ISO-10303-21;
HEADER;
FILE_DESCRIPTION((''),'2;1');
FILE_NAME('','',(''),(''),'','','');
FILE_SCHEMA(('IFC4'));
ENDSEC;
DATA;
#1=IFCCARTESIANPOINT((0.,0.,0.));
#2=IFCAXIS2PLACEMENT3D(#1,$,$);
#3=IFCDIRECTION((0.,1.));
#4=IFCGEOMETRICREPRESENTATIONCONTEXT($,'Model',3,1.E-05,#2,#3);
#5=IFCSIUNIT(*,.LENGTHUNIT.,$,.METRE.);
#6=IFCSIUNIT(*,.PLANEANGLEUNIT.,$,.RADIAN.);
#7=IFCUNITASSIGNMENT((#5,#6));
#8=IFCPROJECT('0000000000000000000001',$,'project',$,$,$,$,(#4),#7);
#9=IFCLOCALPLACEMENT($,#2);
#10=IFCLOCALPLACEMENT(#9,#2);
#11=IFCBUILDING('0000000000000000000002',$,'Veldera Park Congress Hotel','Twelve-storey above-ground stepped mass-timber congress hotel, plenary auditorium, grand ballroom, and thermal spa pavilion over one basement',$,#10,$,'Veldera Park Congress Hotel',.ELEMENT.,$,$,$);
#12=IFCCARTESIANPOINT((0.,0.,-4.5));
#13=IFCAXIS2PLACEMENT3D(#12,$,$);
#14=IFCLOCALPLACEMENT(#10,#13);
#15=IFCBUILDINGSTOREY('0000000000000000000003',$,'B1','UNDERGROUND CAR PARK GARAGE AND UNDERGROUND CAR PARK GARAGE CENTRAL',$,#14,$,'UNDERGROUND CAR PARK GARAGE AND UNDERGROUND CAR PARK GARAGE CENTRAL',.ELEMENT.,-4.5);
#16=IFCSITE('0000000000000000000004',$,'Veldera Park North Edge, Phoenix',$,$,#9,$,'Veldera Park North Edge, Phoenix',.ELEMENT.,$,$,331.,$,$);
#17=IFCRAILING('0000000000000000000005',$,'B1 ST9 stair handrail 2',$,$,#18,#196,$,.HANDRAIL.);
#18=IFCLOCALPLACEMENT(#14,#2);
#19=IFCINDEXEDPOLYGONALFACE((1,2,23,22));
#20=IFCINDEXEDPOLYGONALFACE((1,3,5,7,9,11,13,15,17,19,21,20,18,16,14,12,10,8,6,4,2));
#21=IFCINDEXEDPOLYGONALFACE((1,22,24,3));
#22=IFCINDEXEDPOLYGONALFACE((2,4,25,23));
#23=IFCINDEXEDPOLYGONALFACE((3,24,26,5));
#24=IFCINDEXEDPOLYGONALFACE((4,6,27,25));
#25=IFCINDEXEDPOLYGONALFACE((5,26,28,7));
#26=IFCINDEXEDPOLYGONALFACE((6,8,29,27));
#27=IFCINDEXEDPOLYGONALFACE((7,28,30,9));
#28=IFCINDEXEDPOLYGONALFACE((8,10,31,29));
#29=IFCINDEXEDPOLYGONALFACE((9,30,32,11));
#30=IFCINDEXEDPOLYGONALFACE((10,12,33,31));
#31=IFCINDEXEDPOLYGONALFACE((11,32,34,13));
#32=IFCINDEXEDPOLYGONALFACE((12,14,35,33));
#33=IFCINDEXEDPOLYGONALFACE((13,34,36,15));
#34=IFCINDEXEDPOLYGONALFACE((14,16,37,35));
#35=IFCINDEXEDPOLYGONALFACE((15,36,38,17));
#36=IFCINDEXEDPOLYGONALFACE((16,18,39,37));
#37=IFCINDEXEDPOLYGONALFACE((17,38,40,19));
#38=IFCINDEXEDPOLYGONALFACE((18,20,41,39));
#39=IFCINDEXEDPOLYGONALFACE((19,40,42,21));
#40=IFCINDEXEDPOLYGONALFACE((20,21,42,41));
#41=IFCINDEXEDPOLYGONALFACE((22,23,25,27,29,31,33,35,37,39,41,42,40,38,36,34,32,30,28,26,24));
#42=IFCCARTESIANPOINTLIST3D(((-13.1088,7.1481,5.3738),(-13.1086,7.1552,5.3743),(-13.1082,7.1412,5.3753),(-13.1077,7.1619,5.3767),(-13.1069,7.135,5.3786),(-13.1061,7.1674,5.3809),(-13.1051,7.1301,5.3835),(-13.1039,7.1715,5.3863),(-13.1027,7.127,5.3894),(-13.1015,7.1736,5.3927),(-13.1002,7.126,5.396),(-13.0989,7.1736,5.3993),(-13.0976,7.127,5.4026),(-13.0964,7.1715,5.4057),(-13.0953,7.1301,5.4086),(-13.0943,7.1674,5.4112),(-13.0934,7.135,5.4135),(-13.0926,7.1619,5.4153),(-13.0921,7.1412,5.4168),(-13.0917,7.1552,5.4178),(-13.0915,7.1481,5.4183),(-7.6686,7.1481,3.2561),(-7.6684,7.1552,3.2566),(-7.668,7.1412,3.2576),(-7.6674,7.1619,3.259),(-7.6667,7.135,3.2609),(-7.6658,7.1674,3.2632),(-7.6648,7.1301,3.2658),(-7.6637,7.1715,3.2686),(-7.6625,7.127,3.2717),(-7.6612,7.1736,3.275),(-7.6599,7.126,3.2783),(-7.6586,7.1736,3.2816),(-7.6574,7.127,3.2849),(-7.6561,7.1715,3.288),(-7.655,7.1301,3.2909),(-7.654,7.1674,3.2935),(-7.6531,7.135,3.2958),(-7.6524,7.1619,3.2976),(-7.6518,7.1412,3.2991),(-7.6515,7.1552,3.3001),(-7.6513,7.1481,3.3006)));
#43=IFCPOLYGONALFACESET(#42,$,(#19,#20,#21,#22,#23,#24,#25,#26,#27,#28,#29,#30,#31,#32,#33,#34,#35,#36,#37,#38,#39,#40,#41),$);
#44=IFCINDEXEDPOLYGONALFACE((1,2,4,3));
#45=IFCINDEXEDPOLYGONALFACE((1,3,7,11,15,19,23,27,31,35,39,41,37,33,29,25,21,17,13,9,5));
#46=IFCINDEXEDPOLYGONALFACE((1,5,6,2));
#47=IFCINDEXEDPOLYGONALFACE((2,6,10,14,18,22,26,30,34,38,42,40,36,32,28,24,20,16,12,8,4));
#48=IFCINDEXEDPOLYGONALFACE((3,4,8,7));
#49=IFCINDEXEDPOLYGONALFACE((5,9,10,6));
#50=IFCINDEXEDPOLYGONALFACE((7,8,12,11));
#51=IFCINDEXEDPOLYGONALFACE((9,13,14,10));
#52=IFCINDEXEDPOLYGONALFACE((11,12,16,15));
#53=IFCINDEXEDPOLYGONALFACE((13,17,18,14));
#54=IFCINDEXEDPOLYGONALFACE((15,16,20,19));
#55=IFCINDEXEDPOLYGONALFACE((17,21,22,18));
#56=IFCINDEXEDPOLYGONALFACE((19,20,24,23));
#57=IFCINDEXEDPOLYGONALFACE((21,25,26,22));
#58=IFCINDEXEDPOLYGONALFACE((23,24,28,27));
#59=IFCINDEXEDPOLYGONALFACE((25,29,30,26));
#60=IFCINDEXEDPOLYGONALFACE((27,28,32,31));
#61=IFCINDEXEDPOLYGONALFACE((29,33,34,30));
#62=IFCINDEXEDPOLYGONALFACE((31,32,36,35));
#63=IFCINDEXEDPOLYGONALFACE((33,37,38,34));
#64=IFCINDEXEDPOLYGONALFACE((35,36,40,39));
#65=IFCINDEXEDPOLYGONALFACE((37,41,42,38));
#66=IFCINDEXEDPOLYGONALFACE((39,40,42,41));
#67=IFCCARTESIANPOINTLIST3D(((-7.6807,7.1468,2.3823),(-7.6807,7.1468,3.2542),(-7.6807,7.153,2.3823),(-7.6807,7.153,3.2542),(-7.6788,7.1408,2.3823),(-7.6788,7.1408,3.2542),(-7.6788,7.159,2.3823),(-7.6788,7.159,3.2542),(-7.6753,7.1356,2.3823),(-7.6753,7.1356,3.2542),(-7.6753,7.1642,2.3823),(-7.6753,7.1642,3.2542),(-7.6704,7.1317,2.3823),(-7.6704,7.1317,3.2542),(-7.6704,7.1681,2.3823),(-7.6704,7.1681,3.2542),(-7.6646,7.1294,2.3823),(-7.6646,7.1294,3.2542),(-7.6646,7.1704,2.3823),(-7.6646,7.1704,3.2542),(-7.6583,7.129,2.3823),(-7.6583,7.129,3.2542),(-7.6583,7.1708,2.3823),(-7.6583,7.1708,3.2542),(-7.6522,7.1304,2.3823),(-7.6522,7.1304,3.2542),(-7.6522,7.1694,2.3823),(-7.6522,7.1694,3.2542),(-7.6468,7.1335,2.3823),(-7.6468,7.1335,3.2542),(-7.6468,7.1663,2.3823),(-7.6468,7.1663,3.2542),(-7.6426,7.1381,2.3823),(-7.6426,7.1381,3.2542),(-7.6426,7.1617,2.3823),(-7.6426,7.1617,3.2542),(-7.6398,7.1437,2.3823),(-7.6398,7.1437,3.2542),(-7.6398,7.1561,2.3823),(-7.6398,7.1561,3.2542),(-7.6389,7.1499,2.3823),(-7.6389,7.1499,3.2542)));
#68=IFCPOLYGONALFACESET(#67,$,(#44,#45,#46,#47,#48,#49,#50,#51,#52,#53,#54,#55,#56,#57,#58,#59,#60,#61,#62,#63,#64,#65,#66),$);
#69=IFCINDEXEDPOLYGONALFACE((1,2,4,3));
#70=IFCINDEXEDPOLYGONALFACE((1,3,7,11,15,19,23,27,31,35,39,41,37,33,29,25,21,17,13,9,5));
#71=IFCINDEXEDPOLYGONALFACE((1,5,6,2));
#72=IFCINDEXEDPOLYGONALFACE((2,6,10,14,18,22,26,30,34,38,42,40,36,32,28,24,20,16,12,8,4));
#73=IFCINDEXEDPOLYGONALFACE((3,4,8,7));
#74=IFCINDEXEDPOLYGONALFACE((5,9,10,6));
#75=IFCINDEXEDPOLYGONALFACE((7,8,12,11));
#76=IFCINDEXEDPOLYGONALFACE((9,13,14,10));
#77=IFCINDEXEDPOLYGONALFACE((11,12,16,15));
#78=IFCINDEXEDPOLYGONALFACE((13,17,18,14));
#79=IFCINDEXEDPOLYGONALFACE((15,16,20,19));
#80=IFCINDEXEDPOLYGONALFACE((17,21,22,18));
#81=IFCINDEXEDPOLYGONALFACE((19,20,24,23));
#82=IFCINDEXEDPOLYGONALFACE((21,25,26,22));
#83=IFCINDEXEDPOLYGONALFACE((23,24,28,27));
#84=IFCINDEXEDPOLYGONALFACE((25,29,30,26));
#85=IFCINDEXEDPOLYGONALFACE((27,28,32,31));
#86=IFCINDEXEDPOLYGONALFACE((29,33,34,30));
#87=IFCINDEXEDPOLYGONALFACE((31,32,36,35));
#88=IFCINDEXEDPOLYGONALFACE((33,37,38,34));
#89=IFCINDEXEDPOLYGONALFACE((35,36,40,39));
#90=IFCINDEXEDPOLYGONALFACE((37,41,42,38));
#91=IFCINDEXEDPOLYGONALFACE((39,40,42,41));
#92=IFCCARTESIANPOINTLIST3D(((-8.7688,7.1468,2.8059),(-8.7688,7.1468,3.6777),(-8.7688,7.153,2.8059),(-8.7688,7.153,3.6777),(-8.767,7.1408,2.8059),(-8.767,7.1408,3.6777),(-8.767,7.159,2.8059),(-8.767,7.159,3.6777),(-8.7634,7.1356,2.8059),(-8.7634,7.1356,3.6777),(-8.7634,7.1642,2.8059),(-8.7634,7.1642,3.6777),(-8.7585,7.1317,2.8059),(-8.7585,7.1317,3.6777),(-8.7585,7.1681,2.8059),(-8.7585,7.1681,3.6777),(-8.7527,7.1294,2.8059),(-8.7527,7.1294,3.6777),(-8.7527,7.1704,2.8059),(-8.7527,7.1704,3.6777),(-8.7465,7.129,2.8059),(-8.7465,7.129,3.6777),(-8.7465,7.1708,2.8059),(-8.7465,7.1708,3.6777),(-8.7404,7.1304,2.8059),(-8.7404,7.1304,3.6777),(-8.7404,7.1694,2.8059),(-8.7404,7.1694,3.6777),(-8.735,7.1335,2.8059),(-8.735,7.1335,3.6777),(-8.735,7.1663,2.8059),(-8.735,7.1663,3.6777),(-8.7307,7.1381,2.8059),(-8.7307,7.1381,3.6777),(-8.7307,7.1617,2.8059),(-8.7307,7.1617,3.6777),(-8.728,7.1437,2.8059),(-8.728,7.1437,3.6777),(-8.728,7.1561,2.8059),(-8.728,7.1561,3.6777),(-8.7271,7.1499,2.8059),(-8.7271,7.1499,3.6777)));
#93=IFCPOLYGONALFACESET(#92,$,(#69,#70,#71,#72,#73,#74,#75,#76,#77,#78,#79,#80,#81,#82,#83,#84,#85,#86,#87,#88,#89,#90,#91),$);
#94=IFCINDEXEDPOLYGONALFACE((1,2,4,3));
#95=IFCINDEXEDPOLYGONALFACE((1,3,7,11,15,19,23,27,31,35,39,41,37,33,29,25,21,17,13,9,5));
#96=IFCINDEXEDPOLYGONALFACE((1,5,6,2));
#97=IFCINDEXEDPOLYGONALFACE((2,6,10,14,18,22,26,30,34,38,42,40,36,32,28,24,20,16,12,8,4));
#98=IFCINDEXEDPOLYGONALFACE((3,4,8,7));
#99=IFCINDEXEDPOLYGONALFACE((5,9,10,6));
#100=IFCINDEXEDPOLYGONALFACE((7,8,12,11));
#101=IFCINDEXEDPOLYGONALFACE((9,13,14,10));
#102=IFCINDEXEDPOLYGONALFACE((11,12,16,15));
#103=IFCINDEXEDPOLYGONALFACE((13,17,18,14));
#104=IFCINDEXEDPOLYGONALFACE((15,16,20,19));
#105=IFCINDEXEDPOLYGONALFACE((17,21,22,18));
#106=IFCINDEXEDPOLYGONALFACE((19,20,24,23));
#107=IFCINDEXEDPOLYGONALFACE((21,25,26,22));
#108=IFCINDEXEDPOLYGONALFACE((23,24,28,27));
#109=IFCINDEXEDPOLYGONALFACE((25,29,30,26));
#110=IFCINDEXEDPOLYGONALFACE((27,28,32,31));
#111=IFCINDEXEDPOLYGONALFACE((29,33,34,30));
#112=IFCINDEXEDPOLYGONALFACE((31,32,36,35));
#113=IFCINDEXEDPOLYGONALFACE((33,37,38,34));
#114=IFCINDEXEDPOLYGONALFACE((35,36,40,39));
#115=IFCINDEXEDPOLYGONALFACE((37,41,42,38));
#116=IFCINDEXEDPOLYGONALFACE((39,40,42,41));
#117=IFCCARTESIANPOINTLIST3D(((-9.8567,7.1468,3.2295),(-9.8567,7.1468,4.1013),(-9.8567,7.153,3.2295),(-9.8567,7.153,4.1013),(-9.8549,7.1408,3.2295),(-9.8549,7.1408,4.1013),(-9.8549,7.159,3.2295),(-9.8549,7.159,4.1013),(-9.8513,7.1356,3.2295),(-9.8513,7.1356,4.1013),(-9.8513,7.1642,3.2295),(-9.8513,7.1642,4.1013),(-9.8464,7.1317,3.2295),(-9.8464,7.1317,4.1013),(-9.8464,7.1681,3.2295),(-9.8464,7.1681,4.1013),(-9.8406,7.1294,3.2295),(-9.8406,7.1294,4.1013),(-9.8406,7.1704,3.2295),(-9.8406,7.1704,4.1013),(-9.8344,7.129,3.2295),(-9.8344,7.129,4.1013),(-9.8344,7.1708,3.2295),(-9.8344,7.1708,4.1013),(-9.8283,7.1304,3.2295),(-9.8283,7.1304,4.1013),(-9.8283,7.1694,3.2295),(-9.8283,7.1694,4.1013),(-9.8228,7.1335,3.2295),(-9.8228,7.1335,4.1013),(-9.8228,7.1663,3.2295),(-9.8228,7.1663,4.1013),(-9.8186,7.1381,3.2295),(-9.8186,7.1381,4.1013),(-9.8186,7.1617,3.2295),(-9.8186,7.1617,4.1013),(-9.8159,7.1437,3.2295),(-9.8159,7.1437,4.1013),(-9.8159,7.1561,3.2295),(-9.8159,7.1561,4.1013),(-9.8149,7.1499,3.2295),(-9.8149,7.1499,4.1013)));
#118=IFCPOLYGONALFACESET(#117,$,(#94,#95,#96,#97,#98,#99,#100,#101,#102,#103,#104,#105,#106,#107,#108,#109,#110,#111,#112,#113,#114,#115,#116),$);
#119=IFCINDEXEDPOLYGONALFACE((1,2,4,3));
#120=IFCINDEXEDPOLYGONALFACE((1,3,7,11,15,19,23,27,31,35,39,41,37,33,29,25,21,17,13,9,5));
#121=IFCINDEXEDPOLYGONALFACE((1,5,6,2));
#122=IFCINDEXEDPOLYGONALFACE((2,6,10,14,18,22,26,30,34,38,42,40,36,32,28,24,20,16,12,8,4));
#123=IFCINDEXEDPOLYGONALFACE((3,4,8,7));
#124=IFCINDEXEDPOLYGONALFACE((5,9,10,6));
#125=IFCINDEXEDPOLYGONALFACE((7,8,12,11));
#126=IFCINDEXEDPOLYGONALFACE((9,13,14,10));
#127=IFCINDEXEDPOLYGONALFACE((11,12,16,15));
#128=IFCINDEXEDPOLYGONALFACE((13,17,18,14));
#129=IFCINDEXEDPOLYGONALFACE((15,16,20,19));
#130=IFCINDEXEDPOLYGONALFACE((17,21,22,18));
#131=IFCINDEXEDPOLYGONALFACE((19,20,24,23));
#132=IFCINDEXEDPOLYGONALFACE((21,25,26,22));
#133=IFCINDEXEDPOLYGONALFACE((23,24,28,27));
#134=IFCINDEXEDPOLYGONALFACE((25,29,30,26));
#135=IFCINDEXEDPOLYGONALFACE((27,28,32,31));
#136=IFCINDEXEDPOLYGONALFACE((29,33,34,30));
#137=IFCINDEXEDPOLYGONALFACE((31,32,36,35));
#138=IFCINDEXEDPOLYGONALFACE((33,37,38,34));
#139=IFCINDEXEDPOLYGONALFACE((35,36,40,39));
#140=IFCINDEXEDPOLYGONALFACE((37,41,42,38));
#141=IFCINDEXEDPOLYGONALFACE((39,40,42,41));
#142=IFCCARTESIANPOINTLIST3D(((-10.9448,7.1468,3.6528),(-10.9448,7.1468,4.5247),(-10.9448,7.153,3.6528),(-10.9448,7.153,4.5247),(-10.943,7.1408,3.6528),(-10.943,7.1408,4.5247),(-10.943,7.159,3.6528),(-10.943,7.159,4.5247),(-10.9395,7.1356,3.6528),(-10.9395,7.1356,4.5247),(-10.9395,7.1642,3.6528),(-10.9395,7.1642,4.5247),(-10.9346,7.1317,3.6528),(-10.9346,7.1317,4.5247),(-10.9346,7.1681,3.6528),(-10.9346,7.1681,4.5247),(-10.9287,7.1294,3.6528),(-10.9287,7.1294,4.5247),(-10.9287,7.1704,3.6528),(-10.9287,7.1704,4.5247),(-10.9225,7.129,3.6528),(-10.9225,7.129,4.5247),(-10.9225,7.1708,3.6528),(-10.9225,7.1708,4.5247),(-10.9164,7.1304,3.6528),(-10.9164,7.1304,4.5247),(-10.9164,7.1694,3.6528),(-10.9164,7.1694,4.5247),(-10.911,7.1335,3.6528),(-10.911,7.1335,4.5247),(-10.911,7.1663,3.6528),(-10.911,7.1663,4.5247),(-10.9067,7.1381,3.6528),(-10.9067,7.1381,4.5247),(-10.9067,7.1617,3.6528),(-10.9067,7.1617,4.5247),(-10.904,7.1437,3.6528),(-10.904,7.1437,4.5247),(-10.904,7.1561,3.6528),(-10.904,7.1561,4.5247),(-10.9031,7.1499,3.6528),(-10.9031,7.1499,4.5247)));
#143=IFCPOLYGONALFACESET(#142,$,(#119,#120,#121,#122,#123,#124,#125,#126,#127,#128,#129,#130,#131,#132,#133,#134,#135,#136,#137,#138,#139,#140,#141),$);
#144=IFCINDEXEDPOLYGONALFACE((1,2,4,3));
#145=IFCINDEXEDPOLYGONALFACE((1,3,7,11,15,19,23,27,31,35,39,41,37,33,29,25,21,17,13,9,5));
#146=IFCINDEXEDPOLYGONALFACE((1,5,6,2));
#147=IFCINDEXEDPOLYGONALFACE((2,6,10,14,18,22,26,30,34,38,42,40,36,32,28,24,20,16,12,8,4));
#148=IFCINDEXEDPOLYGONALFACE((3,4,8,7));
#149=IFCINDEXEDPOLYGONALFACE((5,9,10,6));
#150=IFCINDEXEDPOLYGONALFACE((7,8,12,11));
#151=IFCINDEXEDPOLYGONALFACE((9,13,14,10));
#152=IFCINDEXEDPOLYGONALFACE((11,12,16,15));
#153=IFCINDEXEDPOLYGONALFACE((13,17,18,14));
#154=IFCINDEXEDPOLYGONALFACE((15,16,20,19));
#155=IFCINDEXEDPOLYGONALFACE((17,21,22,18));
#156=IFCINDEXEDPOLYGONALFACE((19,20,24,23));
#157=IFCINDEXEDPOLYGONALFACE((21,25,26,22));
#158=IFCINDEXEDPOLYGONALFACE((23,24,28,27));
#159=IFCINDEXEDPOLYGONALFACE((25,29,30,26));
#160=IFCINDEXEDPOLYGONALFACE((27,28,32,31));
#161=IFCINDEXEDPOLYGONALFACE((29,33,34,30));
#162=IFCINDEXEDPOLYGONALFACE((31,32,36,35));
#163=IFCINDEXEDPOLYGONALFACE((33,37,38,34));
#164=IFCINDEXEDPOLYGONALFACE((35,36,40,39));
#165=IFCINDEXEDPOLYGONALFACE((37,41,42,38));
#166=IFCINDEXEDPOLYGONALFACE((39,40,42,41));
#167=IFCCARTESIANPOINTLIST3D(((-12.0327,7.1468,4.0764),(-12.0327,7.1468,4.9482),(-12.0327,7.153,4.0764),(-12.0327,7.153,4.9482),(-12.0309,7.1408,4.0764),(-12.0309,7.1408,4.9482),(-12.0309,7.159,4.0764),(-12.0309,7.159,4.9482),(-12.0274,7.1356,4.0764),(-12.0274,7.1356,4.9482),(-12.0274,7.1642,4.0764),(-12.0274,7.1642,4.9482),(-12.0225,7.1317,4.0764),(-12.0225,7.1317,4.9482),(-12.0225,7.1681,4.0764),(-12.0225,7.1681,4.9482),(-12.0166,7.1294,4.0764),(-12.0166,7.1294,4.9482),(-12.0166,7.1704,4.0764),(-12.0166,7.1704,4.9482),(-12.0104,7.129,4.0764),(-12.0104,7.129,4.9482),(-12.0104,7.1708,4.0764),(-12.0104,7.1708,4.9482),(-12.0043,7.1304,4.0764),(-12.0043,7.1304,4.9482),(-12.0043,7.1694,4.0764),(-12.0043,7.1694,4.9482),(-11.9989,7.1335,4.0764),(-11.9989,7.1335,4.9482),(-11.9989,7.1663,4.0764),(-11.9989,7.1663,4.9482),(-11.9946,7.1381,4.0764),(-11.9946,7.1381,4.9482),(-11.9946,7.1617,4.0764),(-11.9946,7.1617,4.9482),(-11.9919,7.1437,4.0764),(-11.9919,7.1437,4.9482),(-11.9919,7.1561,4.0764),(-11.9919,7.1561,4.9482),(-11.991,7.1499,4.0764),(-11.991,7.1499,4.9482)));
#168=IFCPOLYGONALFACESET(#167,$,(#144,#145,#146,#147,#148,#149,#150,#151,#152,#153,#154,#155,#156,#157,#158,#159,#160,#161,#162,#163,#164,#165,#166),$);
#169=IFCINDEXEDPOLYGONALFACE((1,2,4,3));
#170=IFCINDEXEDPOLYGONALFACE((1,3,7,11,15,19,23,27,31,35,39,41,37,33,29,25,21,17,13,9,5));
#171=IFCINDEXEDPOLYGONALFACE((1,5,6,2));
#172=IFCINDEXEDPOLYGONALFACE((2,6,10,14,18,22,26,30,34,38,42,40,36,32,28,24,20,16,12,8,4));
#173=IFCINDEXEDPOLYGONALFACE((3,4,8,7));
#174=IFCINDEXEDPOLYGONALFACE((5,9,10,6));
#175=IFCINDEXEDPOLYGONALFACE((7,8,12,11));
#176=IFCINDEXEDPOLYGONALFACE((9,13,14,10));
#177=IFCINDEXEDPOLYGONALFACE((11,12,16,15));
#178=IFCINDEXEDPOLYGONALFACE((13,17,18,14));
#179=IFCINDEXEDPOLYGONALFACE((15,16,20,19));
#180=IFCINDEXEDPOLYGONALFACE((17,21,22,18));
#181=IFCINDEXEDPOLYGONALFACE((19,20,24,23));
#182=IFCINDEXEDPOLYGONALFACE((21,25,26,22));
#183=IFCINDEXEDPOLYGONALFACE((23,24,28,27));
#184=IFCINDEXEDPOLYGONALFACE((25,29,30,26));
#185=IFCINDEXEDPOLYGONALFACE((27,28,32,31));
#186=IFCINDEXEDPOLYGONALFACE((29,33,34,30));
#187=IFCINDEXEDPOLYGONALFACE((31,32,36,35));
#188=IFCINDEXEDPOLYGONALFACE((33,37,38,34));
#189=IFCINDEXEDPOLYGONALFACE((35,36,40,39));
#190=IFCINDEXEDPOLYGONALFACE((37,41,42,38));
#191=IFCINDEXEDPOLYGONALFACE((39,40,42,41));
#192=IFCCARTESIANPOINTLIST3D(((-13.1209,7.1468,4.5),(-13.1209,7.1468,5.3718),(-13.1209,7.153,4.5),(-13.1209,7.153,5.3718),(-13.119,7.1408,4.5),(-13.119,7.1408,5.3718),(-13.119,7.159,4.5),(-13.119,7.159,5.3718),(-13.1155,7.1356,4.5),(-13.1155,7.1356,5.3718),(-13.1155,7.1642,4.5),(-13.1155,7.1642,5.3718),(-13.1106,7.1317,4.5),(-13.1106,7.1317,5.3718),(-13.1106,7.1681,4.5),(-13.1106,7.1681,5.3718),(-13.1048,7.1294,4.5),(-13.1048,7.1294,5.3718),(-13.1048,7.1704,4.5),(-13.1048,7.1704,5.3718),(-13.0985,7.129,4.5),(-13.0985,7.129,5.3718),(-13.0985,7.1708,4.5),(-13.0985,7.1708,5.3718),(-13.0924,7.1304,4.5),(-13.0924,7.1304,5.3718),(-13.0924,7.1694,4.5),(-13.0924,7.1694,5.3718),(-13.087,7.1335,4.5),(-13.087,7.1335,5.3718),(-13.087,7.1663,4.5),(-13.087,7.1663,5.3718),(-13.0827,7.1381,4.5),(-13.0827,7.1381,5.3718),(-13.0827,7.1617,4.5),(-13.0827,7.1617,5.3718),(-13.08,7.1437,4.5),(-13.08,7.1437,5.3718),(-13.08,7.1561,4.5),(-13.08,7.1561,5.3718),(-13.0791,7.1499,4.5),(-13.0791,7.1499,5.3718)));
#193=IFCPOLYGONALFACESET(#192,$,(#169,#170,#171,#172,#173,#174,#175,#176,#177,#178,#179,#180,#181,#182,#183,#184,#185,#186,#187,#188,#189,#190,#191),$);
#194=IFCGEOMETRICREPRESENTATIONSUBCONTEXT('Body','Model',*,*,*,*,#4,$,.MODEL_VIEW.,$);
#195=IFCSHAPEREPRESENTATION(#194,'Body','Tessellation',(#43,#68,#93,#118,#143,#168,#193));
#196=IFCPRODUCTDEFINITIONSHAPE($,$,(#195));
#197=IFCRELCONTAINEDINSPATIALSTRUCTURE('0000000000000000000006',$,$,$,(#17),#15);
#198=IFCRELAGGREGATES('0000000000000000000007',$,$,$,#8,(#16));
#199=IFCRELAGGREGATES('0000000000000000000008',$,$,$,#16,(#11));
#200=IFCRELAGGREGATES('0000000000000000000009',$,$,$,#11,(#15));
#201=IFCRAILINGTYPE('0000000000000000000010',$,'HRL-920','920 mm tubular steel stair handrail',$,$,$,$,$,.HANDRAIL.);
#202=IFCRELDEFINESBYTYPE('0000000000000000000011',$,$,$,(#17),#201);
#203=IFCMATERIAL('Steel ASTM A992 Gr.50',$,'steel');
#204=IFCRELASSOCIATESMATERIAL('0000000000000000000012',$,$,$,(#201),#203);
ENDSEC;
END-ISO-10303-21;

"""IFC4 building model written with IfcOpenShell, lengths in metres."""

from ifc_helpers import new_model, si_unit, direction, frame, origin, origin_2d, place, context, subcontext, project, spatial, circle, extrude, material, type_object, element, save


model = new_model("IFC4")

# Units and contexts
model_context = context("Model", 3, precision=1e-05, world=origin(), true_north=direction((0.0, 1.0)))
body_context = subcontext(model_context, "Body", "Model", "MODEL_VIEW")
ifc_project = project(units=[si_unit("LENGTHUNIT", "METRE"), si_unit("PLANEANGLEUNIT", "RADIAN")], contexts=[model_context])

# Site, building, storey
site_placement = place(None, origin())
site = spatial("IfcSite", under=ifc_project, at=site_placement, Name="Veldera Park North Edge, Phoenix", LongName="Veldera Park North Edge, Phoenix", CompositionType="ELEMENT", RefElevation=331.0)
building_placement = place(site_placement, origin())
building = spatial("IfcBuilding", under=site, at=building_placement, Name="Veldera Park Congress Hotel", Description="Twelve-storey above-ground stepped mass-timber congress hotel, plenary auditorium, grand ballroom, and thermal spa pavilion over one basement", LongName="Veldera Park Congress Hotel", CompositionType="ELEMENT")
storey_placement = place(building_placement, frame((0.0, 0.0, -4.5)))
storey = spatial("IfcBuildingStorey", under=building, at=storey_placement, Name="B1", Description="UNDERGROUND CAR PARK GARAGE AND UNDERGROUND CAR PARK GARAGE CENTRAL", LongName="UNDERGROUND CAR PARK GARAGE AND UNDERGROUND CAR PARK GARAGE CENTRAL", CompositionType="ELEMENT", Elevation=-4.5)

# Railing
ifc_material_1 = material(Name="Steel ASTM A992 Gr.50", Category="steel")
railing_type_1 = type_object("IfcRailingType", Name="HRL-920", Description="920 mm tubular steel stair handrail", PredefinedType="HANDRAIL", material=ifc_material_1)
railing_1_placement = place(storey_placement, frame((-7.6599, 7.1499, 2.3823)))
element("IfcRailing", 1, at=railing_1_placement, inside=storey, type_object=railing_type_1, Name="B1 ST9 stair handrail 2", PredefinedType="HANDRAIL", context=body_context, shape_type="SweptSolid", body=[
    extrude(circle(Radius=0.0239, at=origin_2d()), frame((0.0, 0.0, 0.896), z_axis=(-0.931886, 0.0, 0.362751), x_axis=(0.0, -1.0, 0.0)), (0.0, 0.0, 1.0), 5.8379),
    extrude(circle(Radius=0.021, at=origin_2d()), origin(), (0.0, 0.0, 1.0), 0.8718),
    extrude(circle(Radius=0.021, at=origin_2d()), frame((-1.0881, 0.0, 0.4236)), (0.0, 0.0, 1.0), 0.8718),
    extrude(circle(Radius=0.021, at=origin_2d()), frame((-2.176, 0.0, 0.8472)), (0.0, 0.0, 1.0), 0.8718),
    extrude(circle(Radius=0.021, at=origin_2d()), frame((-3.2642, 0.0, 1.2705)), (0.0, 0.0, 1.0), 0.8718),
    extrude(circle(Radius=0.021, at=origin_2d()), frame((-4.3521, 0.0, 1.6941)), (0.0, 0.0, 1.0), 0.8718),
    extrude(circle(Radius=0.021, at=origin_2d()), frame((-5.4402, 0.0, 2.1177)), (0.0, 0.0, 1.0), 0.8718),
])

save(model, "model.ifc")
